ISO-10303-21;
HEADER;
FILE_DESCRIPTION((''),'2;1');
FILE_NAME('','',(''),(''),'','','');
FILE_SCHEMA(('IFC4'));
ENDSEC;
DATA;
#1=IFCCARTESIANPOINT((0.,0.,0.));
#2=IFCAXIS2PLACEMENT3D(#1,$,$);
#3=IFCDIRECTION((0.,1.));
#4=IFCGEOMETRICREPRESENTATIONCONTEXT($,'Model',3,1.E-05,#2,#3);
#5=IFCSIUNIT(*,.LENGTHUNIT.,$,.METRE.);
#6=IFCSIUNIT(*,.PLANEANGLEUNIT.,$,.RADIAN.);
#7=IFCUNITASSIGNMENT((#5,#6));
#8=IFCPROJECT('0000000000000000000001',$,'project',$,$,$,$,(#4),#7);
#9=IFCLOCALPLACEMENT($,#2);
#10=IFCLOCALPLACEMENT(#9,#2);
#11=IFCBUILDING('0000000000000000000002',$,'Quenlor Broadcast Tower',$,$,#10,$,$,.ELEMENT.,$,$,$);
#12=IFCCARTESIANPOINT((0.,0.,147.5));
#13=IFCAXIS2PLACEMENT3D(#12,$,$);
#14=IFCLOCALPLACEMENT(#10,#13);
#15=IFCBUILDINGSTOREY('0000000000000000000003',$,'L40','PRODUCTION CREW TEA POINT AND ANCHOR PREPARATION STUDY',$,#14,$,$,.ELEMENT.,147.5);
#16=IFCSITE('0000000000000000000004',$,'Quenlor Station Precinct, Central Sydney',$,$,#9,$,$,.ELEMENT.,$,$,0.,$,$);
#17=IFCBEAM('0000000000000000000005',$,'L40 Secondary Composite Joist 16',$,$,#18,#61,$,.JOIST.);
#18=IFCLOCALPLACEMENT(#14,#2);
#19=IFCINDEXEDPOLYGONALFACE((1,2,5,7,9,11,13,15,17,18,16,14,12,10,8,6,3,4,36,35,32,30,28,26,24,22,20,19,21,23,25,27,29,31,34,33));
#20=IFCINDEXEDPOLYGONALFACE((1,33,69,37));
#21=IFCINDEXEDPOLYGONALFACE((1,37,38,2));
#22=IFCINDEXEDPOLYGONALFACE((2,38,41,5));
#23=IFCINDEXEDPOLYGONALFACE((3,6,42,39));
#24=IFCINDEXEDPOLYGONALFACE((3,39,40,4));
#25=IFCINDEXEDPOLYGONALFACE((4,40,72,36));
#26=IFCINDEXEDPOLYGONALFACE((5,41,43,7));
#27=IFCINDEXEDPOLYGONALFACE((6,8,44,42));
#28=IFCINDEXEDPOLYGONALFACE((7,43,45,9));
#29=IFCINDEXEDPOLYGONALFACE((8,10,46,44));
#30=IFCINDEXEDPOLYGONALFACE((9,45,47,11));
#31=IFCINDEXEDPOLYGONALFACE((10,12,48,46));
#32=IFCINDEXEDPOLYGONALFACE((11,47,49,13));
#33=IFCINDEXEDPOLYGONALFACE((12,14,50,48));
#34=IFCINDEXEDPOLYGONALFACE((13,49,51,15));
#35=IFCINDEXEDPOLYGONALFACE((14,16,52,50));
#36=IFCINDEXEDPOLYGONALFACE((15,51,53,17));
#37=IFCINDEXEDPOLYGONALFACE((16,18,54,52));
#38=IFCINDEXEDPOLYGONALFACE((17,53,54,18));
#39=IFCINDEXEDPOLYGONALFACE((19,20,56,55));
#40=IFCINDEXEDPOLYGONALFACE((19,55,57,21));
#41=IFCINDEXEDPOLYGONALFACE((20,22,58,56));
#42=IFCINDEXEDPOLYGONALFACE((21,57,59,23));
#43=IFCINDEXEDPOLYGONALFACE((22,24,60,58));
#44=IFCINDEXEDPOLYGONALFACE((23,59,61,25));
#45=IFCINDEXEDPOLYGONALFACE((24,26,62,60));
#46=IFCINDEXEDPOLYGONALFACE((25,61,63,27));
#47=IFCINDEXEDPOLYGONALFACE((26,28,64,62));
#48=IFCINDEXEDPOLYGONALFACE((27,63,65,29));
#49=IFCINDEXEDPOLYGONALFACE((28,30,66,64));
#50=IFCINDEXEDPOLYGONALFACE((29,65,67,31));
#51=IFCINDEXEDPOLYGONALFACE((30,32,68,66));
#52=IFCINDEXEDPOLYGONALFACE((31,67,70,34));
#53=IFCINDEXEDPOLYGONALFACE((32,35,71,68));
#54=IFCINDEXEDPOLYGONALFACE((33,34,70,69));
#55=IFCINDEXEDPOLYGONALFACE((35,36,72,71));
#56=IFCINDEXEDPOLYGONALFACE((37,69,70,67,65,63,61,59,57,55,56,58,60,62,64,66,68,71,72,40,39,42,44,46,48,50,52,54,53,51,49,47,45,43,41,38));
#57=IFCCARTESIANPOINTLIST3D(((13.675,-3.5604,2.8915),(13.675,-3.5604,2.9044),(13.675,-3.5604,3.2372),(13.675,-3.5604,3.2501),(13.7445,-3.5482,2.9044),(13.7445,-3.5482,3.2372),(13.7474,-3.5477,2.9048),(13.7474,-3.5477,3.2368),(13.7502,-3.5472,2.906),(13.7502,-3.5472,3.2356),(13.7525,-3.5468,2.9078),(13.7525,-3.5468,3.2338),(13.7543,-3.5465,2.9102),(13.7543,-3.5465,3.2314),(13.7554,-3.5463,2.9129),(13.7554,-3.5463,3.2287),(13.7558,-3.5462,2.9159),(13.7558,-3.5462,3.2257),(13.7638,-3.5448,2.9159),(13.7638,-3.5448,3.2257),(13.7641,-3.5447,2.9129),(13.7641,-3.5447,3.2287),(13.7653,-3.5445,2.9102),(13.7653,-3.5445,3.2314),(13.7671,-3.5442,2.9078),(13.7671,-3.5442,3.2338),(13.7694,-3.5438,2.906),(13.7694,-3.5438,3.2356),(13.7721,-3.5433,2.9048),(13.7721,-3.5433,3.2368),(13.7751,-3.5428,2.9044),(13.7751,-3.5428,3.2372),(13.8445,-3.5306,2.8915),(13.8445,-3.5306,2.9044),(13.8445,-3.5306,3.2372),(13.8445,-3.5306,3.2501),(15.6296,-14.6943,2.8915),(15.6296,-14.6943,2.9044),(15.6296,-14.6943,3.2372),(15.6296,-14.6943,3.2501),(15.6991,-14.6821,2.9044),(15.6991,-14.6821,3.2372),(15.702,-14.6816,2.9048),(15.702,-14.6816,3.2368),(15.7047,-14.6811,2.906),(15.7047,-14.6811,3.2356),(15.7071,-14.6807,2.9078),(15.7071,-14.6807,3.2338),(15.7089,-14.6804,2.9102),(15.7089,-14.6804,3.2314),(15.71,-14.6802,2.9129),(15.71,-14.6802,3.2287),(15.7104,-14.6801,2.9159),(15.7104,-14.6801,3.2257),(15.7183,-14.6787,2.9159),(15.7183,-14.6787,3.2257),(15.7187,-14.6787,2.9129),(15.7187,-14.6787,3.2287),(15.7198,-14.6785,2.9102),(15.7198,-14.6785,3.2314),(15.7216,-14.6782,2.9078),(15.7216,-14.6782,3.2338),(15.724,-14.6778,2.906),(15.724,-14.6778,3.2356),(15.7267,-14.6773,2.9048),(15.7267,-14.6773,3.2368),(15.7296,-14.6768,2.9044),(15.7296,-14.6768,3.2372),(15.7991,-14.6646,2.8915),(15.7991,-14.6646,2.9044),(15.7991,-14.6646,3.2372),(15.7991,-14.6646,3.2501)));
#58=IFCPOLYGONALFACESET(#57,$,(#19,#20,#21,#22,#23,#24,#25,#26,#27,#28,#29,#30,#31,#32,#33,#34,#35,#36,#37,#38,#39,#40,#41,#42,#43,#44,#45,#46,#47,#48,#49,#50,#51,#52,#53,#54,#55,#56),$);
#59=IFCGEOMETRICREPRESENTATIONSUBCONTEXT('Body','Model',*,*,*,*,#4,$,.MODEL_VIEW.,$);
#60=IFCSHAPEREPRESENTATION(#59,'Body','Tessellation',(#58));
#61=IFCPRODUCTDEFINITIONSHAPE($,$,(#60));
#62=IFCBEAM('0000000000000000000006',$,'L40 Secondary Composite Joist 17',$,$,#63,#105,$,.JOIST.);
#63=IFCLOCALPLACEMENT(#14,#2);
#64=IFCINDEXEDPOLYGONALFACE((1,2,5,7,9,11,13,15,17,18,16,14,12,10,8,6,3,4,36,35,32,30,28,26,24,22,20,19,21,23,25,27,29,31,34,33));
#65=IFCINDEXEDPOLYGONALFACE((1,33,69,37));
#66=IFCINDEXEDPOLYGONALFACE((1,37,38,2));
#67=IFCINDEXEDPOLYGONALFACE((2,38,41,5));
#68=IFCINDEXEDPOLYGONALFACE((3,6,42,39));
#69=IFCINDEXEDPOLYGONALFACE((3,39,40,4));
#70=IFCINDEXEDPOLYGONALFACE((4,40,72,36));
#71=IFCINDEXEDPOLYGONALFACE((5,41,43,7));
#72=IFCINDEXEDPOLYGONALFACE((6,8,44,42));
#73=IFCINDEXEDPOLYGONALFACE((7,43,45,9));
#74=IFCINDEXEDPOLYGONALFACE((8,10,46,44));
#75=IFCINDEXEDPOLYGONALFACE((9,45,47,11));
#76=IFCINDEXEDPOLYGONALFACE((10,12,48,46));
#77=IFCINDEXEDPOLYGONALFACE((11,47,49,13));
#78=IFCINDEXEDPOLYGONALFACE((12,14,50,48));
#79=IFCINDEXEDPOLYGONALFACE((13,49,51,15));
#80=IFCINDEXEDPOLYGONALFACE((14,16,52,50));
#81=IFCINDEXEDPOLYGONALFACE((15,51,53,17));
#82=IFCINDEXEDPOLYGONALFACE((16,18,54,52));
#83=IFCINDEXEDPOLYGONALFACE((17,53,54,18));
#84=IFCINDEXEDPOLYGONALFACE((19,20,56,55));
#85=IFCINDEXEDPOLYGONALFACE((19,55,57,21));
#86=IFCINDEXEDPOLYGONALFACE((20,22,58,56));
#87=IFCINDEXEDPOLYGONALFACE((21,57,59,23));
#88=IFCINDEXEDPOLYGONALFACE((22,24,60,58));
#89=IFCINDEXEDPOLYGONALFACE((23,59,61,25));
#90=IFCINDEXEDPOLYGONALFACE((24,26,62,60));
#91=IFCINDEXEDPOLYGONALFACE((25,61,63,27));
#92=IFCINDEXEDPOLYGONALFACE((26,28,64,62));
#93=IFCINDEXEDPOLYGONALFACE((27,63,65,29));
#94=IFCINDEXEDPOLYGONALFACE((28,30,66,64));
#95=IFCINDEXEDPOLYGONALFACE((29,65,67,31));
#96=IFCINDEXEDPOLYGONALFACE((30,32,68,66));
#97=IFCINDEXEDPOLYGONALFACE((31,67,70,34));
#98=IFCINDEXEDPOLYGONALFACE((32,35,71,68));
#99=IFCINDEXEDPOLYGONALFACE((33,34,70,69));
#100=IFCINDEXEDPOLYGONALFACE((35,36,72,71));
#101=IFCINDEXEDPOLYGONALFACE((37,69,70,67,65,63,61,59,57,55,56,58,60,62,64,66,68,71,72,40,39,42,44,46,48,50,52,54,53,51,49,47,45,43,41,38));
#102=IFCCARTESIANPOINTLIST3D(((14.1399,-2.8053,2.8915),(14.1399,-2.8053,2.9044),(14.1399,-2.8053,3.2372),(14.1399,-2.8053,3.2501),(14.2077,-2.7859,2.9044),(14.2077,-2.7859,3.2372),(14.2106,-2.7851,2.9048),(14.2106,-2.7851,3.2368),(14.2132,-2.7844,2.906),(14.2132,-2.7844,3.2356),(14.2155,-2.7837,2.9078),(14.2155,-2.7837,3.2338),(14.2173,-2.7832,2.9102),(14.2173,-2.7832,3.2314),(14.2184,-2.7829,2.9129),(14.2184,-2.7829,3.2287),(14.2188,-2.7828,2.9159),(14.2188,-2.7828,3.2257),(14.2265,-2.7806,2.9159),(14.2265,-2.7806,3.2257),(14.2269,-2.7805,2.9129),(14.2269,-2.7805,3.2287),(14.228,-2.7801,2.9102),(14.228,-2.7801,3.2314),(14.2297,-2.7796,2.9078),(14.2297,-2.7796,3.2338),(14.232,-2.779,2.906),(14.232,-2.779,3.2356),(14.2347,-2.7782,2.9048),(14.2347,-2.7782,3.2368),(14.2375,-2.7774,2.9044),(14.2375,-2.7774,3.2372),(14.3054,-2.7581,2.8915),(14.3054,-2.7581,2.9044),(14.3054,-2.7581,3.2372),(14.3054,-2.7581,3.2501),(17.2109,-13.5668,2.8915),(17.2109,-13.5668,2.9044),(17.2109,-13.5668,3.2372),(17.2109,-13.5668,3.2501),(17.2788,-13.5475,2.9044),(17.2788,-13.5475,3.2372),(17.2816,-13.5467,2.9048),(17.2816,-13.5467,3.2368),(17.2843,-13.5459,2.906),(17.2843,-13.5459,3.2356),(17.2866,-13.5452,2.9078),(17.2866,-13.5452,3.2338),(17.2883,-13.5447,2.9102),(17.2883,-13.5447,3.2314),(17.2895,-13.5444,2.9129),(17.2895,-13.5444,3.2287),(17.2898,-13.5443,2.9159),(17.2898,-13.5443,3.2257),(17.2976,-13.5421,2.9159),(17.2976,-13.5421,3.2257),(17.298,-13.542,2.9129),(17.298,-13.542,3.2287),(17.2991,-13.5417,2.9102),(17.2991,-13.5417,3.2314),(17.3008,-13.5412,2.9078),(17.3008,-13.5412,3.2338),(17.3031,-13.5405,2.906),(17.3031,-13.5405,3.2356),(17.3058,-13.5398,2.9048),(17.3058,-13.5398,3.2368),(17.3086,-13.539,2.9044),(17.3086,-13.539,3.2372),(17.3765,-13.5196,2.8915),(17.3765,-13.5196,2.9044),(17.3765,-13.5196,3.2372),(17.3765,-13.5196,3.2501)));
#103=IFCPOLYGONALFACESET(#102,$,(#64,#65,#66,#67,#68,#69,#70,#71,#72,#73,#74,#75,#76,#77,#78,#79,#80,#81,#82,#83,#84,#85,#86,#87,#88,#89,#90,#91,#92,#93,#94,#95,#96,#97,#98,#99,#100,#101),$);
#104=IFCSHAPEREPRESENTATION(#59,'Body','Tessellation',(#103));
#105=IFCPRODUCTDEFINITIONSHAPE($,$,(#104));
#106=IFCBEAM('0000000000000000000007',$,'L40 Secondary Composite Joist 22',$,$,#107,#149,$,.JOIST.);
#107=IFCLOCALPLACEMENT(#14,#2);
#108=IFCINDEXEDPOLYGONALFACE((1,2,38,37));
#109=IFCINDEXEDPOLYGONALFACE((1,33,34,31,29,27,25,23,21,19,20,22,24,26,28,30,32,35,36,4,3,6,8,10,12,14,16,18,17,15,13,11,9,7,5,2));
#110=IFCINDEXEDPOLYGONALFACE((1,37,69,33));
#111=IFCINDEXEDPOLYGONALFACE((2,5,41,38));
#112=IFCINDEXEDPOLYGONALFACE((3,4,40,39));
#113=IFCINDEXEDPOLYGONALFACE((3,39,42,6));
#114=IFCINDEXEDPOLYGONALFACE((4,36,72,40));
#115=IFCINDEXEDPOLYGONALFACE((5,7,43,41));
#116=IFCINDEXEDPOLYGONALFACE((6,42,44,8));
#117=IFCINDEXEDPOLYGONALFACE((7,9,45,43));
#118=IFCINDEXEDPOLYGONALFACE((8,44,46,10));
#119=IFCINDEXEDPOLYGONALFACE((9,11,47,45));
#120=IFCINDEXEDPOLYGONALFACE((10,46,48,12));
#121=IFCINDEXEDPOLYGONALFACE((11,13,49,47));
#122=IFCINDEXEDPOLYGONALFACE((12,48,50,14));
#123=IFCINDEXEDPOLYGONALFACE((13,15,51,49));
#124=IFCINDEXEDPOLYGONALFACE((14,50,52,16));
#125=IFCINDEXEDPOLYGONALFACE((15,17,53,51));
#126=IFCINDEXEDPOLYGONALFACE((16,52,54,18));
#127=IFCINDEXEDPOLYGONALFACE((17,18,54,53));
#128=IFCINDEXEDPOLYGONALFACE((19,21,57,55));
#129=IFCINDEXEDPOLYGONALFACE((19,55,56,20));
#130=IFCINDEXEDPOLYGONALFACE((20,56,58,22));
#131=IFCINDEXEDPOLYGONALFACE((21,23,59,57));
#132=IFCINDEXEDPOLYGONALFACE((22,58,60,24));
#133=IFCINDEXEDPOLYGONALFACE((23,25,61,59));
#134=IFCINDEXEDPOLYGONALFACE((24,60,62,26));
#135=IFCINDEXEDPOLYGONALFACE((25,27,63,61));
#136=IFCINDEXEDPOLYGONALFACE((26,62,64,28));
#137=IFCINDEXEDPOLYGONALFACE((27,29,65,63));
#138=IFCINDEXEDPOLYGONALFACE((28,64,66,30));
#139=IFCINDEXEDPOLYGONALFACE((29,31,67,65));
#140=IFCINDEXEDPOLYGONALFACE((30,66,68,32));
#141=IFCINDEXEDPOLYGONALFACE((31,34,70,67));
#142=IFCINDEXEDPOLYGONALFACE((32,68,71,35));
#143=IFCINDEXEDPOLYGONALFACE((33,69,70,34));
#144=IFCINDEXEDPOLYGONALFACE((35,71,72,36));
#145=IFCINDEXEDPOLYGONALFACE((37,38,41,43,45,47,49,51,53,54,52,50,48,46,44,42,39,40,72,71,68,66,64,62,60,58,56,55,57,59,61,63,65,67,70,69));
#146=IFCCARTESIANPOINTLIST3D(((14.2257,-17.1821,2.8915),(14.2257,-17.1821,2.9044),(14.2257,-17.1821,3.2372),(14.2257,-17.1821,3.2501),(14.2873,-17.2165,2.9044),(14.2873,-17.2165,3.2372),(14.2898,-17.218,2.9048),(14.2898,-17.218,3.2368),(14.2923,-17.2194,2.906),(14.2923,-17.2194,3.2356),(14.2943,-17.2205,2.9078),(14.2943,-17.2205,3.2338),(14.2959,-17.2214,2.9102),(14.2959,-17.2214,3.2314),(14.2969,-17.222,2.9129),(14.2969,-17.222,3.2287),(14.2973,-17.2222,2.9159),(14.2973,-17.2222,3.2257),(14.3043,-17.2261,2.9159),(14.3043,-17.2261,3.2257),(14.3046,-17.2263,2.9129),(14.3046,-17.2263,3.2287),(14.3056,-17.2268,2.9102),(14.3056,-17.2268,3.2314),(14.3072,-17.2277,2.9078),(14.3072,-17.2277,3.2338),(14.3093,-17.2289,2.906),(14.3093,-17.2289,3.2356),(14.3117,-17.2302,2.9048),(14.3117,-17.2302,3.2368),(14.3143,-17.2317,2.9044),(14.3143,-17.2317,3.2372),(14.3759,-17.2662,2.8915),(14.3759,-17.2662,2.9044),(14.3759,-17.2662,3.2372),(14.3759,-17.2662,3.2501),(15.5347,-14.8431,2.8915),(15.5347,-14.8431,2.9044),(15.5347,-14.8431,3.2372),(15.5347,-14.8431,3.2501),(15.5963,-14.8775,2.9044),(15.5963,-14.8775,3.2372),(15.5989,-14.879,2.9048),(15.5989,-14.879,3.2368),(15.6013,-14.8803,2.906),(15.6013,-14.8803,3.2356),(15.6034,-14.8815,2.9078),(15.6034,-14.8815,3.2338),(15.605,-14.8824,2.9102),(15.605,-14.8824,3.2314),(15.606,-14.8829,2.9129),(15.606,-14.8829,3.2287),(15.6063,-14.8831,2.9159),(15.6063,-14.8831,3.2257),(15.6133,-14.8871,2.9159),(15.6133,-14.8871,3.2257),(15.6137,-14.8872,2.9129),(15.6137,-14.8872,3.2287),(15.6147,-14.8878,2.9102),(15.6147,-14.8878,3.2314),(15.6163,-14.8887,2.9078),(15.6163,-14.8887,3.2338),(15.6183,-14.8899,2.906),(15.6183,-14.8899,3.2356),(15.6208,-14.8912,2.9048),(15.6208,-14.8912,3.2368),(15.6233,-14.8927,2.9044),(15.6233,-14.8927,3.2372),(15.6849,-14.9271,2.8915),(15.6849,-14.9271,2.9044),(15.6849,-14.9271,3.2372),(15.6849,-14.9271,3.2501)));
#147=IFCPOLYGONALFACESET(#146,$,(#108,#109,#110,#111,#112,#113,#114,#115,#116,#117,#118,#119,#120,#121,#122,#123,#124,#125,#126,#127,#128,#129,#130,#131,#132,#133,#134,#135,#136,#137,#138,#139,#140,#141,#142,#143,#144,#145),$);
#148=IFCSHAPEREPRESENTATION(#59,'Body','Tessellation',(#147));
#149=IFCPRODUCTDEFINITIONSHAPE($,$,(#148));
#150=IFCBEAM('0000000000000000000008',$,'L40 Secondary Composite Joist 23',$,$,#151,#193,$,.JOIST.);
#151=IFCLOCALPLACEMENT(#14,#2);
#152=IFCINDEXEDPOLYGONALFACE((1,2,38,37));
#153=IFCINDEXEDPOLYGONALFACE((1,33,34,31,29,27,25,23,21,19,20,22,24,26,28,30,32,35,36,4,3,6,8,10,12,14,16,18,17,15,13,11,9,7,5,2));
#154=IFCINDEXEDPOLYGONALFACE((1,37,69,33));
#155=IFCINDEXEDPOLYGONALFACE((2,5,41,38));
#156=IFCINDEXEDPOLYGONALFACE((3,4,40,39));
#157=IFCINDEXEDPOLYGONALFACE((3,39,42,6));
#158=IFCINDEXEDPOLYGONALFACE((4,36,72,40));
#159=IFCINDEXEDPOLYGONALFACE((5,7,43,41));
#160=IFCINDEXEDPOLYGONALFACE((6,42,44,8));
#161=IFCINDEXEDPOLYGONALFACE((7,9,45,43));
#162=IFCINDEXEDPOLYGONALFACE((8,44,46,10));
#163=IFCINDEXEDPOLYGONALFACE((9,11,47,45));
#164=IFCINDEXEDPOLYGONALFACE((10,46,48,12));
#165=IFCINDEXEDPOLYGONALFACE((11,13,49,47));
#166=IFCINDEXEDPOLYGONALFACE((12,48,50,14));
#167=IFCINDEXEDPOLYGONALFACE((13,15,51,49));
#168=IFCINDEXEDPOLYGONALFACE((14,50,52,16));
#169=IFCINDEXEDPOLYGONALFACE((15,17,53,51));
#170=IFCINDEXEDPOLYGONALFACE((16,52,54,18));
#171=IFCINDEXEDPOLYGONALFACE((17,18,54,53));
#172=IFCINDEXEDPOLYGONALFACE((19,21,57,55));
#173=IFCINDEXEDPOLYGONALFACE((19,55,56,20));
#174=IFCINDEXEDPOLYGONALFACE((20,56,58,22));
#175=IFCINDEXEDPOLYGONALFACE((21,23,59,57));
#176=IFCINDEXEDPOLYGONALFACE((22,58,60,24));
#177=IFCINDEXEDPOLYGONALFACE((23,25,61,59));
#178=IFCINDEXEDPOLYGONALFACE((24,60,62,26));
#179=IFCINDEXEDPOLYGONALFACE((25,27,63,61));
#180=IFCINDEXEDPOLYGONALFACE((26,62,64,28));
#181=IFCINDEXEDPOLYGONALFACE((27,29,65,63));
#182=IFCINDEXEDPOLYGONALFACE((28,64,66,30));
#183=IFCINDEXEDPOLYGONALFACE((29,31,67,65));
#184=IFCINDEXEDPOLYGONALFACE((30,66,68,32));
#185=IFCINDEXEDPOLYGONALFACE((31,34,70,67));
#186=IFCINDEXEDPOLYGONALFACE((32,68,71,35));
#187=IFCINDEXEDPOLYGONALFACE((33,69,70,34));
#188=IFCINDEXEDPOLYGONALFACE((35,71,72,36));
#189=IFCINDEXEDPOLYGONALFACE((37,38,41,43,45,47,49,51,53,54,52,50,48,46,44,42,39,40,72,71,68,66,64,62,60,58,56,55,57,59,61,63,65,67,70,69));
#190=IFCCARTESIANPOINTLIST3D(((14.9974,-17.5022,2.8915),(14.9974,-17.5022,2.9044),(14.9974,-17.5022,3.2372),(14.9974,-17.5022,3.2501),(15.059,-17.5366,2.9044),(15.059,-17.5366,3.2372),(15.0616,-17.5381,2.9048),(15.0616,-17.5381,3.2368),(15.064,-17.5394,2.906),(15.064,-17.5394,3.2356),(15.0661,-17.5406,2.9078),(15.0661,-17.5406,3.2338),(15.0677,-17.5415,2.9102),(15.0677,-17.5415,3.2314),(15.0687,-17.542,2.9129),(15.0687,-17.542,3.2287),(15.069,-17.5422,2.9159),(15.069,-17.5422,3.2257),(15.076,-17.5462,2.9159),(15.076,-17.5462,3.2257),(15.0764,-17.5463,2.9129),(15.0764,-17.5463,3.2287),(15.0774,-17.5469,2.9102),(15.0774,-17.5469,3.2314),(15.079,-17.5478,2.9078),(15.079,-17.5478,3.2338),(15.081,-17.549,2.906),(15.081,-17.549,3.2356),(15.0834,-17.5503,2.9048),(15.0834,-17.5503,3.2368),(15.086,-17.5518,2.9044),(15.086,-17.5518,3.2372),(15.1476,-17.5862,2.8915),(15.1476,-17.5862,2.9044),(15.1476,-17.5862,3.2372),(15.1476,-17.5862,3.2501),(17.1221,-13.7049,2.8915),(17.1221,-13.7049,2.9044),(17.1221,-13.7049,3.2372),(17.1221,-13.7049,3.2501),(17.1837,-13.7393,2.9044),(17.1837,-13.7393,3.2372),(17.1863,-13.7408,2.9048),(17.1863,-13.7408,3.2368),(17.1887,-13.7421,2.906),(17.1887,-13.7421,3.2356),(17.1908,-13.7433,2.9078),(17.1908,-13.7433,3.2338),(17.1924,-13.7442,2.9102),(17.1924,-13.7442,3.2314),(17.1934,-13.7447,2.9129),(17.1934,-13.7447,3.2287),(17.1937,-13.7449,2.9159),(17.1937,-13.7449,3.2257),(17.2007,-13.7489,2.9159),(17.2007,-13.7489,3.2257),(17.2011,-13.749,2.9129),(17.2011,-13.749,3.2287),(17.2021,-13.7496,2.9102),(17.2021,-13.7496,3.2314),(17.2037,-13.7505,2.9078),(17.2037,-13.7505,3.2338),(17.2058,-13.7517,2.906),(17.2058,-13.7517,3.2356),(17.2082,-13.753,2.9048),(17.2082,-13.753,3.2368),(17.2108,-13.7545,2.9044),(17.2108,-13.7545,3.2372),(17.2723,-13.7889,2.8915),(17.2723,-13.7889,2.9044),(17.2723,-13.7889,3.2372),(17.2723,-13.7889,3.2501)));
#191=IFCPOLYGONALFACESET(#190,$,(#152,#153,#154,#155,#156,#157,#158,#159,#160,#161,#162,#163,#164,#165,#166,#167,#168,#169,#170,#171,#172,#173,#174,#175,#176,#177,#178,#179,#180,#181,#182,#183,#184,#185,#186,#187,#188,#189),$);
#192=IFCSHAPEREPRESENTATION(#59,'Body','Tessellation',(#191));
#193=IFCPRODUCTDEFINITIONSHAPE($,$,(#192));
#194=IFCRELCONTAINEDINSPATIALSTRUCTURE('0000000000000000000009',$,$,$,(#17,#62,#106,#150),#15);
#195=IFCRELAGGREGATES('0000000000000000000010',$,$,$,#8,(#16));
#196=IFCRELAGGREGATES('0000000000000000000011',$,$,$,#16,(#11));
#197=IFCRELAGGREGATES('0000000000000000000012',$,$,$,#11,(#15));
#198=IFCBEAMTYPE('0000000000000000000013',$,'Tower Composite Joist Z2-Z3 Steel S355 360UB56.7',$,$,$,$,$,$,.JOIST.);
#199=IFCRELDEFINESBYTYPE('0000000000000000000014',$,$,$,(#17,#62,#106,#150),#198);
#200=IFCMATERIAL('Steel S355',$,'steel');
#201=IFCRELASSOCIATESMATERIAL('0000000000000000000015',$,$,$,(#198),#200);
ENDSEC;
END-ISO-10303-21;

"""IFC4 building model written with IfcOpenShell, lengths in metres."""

from ifc_helpers import new_model, si_unit, direction, frame, origin, origin_2d, place, context, subcontext, project, spatial, i_section, extrude, material, material_profile, profile_set, type_object, element, save


model = new_model("IFC4")

# Units and contexts
model_context = context("Model", 3, precision=1e-05, world=origin(), true_north=direction((0.0, 1.0)))
body_context = subcontext(model_context, "Body", "Model", "MODEL_VIEW")
ifc_project = project(units=[si_unit("LENGTHUNIT", "METRE"), si_unit("PLANEANGLEUNIT", "RADIAN")], contexts=[model_context])

# Site, building, storey
site_placement = place(None, origin())
site = spatial("IfcSite", under=ifc_project, at=site_placement, Name="Quenlor Station Precinct, Central Sydney", CompositionType="ELEMENT", RefElevation=0.0)
building_placement = place(site_placement, origin())
building = spatial("IfcBuilding", under=site, at=building_placement, Name="Quenlor Broadcast Tower", CompositionType="ELEMENT")
storey_placement = place(building_placement, frame((0.0, 0.0, 147.5)))
storey = spatial("IfcBuildingStorey", under=building, at=storey_placement, Name="L40", Description="PRODUCTION CREW TEA POINT AND ANCHOR PREPARATION STUDY", CompositionType="ELEMENT", Elevation=147.5)

# Beams
ifc_material_1 = material(Name="Steel S355", Category="steel")
ifc_material_profile_1 = material_profile(ifc_material_1, i_section(OverallWidth=0.1721, OverallDepth=0.3586, WebThickness=0.0081, FlangeThickness=0.0129, FilletRadius=0.0115, at=origin_2d()))
ifc_profile_set_1 = profile_set([ifc_material_profile_1], Name="Steel S355 360UB56.7")
beam_type_1 = type_object("IfcBeamType", Name="Tower Composite Joist Z2-Z3 Steel S355 360UB56.7", PredefinedType="JOIST", material=ifc_profile_set_1)
beam_1_placement = place(storey_placement, frame((15.7144, -14.6794, 3.0708), z_axis=(-0.172907, 0.984938, 0.0), x_axis=(-0.984938, -0.172907, 0.0)))
element("IfcBeam", 1, at=beam_1_placement, inside=storey, type_object=beam_type_1, Name="L40 Secondary Composite Joist 16", PredefinedType="JOIST", context=body_context, shape_type="SweptSolid", body=[
    extrude(i_section(OverallWidth=0.1721, OverallDepth=0.3586, WebThickness=0.0081, FlangeThickness=0.0129, FilletRadius=0.0115, at=origin_2d()), origin(), (0.0, 0.0, 1.0), 11.3042),
])
beam_2_placement = place(storey_placement, frame((17.2937, -13.5432, 3.0708), z_axis=(-0.274419, 0.96161, 0.0), x_axis=(-0.96161, -0.274419, 0.0)))
element("IfcBeam", 2, at=beam_2_placement, inside=storey, type_object=beam_type_1, Name="L40 Secondary Composite Joist 17", PredefinedType="JOIST", context=body_context, shape_type="SweptSolid", body=[
    extrude(i_section(OverallWidth=0.1721, OverallDepth=0.3586, WebThickness=0.0081, FlangeThickness=0.0129, FilletRadius=0.0115, at=origin_2d()), origin(), (0.0, 0.0, 1.0), 11.1912),
])
beam_3_placement = place(storey_placement, frame((14.3008, -17.2241, 3.0708), z_axis=(0.48837, 0.872636, 0.0), x_axis=(-0.872636, 0.48837, 0.0)))
element("IfcBeam", 3, at=beam_3_placement, inside=storey, type_object=beam_type_1, Name="L40 Secondary Composite Joist 22", PredefinedType="JOIST", context=body_context, shape_type="SweptSolid", body=[
    extrude(i_section(OverallWidth=0.1721, OverallDepth=0.3586, WebThickness=0.0081, FlangeThickness=0.0129, FilletRadius=0.0115, at=origin_2d()), origin(), (0.0, 0.0, 1.0), 2.6804),
])
beam_4_placement = place(storey_placement, frame((15.0725, -17.5442, 3.0708), z_axis=(0.488294, 0.872679, 0.0), x_axis=(-0.872679, 0.488294, 0.0)))
element("IfcBeam", 4, at=beam_4_placement, inside=storey, type_object=beam_type_1, Name="L40 Secondary Composite Joist 23", PredefinedType="JOIST", context=body_context, shape_type="SweptSolid", body=[
    extrude(i_section(OverallWidth=0.1721, OverallDepth=0.3586, WebThickness=0.0081, FlangeThickness=0.0129, FilletRadius=0.0115, at=origin_2d()), origin(), (0.0, 0.0, 1.0), 4.3513),
])

save(model, "model.ifc")
